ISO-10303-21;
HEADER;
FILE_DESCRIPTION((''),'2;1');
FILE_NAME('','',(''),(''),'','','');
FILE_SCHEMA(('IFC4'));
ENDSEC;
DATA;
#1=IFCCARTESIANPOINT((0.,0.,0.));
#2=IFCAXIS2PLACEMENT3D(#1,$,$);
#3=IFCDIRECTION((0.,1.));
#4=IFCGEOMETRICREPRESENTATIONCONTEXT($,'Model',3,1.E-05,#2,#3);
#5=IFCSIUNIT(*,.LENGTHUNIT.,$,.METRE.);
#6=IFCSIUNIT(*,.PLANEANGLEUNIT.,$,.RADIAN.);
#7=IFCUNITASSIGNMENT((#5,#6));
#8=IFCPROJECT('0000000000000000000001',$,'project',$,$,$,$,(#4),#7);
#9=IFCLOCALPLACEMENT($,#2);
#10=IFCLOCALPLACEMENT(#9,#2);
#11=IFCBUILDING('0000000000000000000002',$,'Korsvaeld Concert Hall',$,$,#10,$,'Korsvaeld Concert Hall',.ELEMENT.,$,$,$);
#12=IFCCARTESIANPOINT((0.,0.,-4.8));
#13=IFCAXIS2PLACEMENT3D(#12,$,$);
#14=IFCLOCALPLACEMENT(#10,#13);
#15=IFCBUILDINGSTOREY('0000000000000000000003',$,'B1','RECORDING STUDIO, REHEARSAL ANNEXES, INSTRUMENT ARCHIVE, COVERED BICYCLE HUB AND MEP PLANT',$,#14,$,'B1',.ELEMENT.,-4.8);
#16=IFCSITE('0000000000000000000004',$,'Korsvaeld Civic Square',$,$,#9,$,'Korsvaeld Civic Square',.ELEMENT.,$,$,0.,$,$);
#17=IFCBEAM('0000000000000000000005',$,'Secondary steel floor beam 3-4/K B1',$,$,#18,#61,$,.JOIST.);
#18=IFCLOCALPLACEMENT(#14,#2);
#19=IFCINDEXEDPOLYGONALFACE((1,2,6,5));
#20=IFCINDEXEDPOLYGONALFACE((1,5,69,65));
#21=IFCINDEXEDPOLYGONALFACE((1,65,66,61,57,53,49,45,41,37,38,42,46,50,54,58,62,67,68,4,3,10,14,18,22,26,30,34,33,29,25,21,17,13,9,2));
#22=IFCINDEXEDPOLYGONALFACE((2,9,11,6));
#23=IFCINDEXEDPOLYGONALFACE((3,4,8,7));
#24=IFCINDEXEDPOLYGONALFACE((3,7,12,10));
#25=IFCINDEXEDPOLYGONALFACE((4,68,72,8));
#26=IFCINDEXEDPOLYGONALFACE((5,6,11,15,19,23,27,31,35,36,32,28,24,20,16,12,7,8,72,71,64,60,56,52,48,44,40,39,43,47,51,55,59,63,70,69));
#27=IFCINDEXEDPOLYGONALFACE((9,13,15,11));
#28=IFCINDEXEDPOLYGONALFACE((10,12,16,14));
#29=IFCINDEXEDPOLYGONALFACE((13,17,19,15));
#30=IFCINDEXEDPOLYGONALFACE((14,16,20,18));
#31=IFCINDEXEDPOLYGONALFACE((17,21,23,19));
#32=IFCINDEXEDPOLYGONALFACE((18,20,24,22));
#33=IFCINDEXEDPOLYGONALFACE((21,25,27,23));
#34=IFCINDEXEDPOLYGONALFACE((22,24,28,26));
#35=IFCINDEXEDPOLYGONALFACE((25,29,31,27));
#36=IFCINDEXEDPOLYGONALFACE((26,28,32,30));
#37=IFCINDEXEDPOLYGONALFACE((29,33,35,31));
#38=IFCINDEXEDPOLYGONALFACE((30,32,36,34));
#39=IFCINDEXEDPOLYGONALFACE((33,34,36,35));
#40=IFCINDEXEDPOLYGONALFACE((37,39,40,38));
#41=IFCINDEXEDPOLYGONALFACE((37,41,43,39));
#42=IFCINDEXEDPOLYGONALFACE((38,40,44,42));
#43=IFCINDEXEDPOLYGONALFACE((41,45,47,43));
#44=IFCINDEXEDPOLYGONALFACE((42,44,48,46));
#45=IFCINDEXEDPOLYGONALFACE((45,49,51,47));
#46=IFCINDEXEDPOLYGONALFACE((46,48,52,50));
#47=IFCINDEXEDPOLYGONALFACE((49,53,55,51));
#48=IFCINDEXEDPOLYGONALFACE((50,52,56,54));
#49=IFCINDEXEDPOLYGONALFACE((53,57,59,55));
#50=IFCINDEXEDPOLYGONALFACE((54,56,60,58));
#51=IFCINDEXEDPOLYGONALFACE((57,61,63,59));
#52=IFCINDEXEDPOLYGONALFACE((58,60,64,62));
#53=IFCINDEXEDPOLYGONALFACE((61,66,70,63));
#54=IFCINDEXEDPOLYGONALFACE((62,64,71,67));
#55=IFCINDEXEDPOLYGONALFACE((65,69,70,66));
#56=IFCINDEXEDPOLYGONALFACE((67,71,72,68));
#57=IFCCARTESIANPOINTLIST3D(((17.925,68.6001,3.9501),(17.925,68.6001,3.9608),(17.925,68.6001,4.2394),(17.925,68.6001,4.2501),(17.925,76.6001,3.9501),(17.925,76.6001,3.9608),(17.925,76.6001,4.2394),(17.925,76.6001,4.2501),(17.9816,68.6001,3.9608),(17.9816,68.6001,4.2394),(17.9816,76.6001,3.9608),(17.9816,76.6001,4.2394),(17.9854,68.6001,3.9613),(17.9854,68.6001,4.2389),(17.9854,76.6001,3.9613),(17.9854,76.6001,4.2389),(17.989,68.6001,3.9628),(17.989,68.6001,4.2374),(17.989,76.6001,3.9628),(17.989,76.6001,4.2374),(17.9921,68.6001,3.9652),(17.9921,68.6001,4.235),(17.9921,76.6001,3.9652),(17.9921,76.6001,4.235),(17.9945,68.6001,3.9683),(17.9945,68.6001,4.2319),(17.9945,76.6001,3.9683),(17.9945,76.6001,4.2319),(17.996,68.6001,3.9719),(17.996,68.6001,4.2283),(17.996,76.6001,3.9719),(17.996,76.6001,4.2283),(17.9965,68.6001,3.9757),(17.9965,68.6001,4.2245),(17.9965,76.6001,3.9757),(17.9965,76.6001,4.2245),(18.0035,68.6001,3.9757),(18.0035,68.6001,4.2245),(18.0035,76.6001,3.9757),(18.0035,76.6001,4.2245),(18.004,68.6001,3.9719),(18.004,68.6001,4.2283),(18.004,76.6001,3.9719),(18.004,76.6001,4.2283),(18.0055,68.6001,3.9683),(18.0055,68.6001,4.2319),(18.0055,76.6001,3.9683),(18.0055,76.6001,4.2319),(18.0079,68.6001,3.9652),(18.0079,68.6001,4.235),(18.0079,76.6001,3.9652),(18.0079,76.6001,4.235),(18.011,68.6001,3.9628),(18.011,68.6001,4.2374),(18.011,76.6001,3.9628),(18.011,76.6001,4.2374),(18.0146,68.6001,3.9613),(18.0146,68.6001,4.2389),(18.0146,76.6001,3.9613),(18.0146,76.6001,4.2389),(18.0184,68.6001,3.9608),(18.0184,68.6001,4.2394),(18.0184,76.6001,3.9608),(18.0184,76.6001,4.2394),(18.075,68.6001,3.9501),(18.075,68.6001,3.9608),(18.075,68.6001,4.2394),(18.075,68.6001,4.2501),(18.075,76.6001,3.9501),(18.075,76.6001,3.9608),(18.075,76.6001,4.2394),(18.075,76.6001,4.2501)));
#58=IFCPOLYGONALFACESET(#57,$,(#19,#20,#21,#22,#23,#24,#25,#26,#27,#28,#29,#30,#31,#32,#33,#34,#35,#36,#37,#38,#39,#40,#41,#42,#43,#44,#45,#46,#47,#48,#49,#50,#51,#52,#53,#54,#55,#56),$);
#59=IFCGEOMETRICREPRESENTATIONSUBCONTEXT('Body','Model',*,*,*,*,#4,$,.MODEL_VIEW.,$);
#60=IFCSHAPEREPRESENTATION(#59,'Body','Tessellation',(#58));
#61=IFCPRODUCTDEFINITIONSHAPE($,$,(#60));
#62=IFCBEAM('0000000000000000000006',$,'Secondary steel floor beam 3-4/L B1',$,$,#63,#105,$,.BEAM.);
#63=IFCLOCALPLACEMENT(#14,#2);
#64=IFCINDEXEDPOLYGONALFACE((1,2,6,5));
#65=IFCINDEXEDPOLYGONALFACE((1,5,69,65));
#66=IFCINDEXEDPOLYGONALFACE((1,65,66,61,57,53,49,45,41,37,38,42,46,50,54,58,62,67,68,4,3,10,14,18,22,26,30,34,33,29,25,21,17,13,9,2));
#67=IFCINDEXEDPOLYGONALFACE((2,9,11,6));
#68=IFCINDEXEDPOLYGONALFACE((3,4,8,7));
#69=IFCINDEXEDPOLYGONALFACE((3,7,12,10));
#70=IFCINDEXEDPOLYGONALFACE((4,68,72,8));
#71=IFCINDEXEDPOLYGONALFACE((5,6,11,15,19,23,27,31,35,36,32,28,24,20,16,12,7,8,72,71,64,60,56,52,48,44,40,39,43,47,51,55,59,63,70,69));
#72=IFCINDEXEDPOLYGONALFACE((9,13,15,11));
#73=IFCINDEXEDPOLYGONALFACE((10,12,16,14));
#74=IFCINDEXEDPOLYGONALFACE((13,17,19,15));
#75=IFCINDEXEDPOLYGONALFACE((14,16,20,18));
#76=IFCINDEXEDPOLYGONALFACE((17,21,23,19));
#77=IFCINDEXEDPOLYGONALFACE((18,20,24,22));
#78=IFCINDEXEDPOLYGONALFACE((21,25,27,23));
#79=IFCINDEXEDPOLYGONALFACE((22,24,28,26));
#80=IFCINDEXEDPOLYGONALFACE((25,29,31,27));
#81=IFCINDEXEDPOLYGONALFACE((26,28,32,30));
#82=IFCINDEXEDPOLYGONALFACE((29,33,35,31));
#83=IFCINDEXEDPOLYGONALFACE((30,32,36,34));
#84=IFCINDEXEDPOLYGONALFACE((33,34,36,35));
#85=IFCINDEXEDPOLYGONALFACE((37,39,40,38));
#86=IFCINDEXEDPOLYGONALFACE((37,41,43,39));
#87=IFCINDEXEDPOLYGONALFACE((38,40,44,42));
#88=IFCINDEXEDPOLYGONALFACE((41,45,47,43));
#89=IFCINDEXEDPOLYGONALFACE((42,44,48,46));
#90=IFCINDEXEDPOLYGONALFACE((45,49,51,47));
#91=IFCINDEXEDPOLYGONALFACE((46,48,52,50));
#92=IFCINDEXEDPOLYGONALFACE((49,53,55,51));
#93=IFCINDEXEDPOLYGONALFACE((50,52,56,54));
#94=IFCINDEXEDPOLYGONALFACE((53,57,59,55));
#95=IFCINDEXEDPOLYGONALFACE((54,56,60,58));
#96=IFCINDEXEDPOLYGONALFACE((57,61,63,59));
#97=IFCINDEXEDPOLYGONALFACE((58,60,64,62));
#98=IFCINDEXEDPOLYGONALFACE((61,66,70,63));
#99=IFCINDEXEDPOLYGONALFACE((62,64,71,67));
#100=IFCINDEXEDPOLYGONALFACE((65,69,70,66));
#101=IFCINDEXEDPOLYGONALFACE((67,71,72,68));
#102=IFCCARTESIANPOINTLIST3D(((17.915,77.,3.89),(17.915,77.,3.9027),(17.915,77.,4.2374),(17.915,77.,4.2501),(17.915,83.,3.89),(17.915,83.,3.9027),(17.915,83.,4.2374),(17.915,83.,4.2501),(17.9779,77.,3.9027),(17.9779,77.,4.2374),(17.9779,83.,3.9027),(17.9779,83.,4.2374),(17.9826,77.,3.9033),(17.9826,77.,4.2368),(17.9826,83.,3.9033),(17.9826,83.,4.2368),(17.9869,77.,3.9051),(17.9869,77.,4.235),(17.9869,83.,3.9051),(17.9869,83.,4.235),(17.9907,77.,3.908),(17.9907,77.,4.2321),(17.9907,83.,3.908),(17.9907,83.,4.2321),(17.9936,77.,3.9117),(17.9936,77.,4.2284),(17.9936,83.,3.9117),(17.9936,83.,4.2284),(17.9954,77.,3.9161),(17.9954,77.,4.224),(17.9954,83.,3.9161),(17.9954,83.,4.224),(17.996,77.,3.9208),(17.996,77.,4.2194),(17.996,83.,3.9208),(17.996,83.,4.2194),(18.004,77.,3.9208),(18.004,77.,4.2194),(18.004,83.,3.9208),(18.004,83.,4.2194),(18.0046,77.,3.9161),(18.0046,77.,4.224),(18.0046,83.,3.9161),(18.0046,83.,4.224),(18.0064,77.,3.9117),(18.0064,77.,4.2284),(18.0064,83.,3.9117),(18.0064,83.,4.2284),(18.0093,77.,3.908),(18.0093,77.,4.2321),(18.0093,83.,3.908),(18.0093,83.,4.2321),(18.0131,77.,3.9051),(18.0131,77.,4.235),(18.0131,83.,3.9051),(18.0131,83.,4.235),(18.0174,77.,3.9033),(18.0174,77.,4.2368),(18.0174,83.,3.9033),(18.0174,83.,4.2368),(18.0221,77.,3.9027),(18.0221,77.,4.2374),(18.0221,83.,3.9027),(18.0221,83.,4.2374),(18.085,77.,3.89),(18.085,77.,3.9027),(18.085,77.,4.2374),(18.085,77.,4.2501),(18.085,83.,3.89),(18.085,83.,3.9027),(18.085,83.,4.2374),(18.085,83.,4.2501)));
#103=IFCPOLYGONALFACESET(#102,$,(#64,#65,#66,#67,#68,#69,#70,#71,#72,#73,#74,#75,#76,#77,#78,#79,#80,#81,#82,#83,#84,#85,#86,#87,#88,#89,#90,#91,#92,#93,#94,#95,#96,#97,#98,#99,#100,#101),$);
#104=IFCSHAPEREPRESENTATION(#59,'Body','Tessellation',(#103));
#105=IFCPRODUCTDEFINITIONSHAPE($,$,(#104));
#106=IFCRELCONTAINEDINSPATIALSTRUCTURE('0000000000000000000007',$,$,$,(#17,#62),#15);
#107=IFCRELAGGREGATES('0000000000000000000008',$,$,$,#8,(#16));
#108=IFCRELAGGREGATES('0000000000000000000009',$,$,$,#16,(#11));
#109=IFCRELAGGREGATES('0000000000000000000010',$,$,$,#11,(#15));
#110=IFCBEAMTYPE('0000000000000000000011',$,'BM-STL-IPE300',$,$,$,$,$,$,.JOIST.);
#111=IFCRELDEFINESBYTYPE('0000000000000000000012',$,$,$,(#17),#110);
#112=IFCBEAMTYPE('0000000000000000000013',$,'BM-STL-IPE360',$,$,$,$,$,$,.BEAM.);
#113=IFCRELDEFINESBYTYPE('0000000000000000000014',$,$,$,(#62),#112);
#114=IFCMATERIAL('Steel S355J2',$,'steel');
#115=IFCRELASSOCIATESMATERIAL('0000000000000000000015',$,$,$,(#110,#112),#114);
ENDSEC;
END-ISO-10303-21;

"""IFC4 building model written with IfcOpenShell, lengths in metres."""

from ifc_helpers import new_model, si_unit, direction, frame, origin, origin_2d, place, context, subcontext, project, spatial, i_section, extrude, material, material_profile, profile_set, type_object, element, save


model = new_model("IFC4")

# Units and contexts
model_context = context("Model", 3, precision=1e-05, world=origin(), true_north=direction((0.0, 1.0)))
body_context = subcontext(model_context, "Body", "Model", "MODEL_VIEW")
ifc_project = project(units=[si_unit("LENGTHUNIT", "METRE"), si_unit("PLANEANGLEUNIT", "RADIAN")], contexts=[model_context])

# Site, building, storey
site_placement = place(None, origin())
site = spatial("IfcSite", under=ifc_project, at=site_placement, Name="Korsvaeld Civic Square", LongName="Korsvaeld Civic Square", CompositionType="ELEMENT", RefElevation=0.0)
building_placement = place(site_placement, origin())
building = spatial("IfcBuilding", under=site, at=building_placement, Name="Korsvaeld Concert Hall", LongName="Korsvaeld Concert Hall", CompositionType="ELEMENT")
storey_placement = place(building_placement, frame((0.0, 0.0, -4.8)))
storey = spatial("IfcBuildingStorey", under=building, at=storey_placement, Name="B1", Description="RECORDING STUDIO, REHEARSAL ANNEXES, INSTRUMENT ARCHIVE, COVERED BICYCLE HUB AND MEP PLANT", LongName="B1", CompositionType="ELEMENT", Elevation=-4.8)

# Beams
ifc_material_1 = material(Name="Steel S355J2", Category="steel")
ifc_material_profile_1 = material_profile(ifc_material_1, i_section(OverallWidth=0.1499, OverallDepth=0.3, WebThickness=0.0071, FlangeThickness=0.0107, FilletRadius=0.0149, at=origin_2d()), Name="IPE 300")
ifc_profile_set_1 = profile_set([ifc_material_profile_1], Name="Steel S355J2")
beam_type_1 = type_object("IfcBeamType", Name="BM-STL-IPE300", PredefinedType="JOIST", material=ifc_profile_set_1)
beam_1_placement = place(storey_placement, frame((18.0, 68.6001, 4.1001), z_axis=(0.0, 1.0, 0.0), x_axis=(-1.0, 0.0, 0.0)))
element("IfcBeam", 1, at=beam_1_placement, inside=storey, type_object=beam_type_1, Name="Secondary steel floor beam 3-4/K B1", PredefinedType="JOIST", context=body_context, shape_type="SweptSolid", body=[
    extrude(i_section(OverallWidth=0.1499, OverallDepth=0.3, WebThickness=0.0071, FlangeThickness=0.0107, FilletRadius=0.0149, at=origin_2d()), origin(), (0.0, 0.0, 1.0), 8.0),
])
ifc_material_profile_2 = material_profile(ifc_material_1, i_section(OverallWidth=0.1699, OverallDepth=0.3601, WebThickness=0.0081, FlangeThickness=0.0127, FilletRadius=0.0181, at=origin_2d()), Name="IPE 360")
ifc_profile_set_2 = profile_set([ifc_material_profile_2], Name="Steel S355J2")
beam_type_2 = type_object("IfcBeamType", Name="BM-STL-IPE360", PredefinedType="BEAM", material=ifc_profile_set_2)
beam_2_placement = place(storey_placement, frame((18.0, 77.0, 4.0701), z_axis=(0.0, 1.0, 0.0), x_axis=(-1.0, 0.0, 0.0)))
element("IfcBeam", 2, at=beam_2_placement, inside=storey, type_object=beam_type_2, Name="Secondary steel floor beam 3-4/L B1", PredefinedType="BEAM", context=body_context, shape_type="SweptSolid", body=[
    extrude(i_section(OverallWidth=0.1699, OverallDepth=0.3601, WebThickness=0.0081, FlangeThickness=0.0127, FilletRadius=0.0181, at=origin_2d()), origin(), (0.0, 0.0, 1.0), 6.0),
])

save(model, "model.ifc")
